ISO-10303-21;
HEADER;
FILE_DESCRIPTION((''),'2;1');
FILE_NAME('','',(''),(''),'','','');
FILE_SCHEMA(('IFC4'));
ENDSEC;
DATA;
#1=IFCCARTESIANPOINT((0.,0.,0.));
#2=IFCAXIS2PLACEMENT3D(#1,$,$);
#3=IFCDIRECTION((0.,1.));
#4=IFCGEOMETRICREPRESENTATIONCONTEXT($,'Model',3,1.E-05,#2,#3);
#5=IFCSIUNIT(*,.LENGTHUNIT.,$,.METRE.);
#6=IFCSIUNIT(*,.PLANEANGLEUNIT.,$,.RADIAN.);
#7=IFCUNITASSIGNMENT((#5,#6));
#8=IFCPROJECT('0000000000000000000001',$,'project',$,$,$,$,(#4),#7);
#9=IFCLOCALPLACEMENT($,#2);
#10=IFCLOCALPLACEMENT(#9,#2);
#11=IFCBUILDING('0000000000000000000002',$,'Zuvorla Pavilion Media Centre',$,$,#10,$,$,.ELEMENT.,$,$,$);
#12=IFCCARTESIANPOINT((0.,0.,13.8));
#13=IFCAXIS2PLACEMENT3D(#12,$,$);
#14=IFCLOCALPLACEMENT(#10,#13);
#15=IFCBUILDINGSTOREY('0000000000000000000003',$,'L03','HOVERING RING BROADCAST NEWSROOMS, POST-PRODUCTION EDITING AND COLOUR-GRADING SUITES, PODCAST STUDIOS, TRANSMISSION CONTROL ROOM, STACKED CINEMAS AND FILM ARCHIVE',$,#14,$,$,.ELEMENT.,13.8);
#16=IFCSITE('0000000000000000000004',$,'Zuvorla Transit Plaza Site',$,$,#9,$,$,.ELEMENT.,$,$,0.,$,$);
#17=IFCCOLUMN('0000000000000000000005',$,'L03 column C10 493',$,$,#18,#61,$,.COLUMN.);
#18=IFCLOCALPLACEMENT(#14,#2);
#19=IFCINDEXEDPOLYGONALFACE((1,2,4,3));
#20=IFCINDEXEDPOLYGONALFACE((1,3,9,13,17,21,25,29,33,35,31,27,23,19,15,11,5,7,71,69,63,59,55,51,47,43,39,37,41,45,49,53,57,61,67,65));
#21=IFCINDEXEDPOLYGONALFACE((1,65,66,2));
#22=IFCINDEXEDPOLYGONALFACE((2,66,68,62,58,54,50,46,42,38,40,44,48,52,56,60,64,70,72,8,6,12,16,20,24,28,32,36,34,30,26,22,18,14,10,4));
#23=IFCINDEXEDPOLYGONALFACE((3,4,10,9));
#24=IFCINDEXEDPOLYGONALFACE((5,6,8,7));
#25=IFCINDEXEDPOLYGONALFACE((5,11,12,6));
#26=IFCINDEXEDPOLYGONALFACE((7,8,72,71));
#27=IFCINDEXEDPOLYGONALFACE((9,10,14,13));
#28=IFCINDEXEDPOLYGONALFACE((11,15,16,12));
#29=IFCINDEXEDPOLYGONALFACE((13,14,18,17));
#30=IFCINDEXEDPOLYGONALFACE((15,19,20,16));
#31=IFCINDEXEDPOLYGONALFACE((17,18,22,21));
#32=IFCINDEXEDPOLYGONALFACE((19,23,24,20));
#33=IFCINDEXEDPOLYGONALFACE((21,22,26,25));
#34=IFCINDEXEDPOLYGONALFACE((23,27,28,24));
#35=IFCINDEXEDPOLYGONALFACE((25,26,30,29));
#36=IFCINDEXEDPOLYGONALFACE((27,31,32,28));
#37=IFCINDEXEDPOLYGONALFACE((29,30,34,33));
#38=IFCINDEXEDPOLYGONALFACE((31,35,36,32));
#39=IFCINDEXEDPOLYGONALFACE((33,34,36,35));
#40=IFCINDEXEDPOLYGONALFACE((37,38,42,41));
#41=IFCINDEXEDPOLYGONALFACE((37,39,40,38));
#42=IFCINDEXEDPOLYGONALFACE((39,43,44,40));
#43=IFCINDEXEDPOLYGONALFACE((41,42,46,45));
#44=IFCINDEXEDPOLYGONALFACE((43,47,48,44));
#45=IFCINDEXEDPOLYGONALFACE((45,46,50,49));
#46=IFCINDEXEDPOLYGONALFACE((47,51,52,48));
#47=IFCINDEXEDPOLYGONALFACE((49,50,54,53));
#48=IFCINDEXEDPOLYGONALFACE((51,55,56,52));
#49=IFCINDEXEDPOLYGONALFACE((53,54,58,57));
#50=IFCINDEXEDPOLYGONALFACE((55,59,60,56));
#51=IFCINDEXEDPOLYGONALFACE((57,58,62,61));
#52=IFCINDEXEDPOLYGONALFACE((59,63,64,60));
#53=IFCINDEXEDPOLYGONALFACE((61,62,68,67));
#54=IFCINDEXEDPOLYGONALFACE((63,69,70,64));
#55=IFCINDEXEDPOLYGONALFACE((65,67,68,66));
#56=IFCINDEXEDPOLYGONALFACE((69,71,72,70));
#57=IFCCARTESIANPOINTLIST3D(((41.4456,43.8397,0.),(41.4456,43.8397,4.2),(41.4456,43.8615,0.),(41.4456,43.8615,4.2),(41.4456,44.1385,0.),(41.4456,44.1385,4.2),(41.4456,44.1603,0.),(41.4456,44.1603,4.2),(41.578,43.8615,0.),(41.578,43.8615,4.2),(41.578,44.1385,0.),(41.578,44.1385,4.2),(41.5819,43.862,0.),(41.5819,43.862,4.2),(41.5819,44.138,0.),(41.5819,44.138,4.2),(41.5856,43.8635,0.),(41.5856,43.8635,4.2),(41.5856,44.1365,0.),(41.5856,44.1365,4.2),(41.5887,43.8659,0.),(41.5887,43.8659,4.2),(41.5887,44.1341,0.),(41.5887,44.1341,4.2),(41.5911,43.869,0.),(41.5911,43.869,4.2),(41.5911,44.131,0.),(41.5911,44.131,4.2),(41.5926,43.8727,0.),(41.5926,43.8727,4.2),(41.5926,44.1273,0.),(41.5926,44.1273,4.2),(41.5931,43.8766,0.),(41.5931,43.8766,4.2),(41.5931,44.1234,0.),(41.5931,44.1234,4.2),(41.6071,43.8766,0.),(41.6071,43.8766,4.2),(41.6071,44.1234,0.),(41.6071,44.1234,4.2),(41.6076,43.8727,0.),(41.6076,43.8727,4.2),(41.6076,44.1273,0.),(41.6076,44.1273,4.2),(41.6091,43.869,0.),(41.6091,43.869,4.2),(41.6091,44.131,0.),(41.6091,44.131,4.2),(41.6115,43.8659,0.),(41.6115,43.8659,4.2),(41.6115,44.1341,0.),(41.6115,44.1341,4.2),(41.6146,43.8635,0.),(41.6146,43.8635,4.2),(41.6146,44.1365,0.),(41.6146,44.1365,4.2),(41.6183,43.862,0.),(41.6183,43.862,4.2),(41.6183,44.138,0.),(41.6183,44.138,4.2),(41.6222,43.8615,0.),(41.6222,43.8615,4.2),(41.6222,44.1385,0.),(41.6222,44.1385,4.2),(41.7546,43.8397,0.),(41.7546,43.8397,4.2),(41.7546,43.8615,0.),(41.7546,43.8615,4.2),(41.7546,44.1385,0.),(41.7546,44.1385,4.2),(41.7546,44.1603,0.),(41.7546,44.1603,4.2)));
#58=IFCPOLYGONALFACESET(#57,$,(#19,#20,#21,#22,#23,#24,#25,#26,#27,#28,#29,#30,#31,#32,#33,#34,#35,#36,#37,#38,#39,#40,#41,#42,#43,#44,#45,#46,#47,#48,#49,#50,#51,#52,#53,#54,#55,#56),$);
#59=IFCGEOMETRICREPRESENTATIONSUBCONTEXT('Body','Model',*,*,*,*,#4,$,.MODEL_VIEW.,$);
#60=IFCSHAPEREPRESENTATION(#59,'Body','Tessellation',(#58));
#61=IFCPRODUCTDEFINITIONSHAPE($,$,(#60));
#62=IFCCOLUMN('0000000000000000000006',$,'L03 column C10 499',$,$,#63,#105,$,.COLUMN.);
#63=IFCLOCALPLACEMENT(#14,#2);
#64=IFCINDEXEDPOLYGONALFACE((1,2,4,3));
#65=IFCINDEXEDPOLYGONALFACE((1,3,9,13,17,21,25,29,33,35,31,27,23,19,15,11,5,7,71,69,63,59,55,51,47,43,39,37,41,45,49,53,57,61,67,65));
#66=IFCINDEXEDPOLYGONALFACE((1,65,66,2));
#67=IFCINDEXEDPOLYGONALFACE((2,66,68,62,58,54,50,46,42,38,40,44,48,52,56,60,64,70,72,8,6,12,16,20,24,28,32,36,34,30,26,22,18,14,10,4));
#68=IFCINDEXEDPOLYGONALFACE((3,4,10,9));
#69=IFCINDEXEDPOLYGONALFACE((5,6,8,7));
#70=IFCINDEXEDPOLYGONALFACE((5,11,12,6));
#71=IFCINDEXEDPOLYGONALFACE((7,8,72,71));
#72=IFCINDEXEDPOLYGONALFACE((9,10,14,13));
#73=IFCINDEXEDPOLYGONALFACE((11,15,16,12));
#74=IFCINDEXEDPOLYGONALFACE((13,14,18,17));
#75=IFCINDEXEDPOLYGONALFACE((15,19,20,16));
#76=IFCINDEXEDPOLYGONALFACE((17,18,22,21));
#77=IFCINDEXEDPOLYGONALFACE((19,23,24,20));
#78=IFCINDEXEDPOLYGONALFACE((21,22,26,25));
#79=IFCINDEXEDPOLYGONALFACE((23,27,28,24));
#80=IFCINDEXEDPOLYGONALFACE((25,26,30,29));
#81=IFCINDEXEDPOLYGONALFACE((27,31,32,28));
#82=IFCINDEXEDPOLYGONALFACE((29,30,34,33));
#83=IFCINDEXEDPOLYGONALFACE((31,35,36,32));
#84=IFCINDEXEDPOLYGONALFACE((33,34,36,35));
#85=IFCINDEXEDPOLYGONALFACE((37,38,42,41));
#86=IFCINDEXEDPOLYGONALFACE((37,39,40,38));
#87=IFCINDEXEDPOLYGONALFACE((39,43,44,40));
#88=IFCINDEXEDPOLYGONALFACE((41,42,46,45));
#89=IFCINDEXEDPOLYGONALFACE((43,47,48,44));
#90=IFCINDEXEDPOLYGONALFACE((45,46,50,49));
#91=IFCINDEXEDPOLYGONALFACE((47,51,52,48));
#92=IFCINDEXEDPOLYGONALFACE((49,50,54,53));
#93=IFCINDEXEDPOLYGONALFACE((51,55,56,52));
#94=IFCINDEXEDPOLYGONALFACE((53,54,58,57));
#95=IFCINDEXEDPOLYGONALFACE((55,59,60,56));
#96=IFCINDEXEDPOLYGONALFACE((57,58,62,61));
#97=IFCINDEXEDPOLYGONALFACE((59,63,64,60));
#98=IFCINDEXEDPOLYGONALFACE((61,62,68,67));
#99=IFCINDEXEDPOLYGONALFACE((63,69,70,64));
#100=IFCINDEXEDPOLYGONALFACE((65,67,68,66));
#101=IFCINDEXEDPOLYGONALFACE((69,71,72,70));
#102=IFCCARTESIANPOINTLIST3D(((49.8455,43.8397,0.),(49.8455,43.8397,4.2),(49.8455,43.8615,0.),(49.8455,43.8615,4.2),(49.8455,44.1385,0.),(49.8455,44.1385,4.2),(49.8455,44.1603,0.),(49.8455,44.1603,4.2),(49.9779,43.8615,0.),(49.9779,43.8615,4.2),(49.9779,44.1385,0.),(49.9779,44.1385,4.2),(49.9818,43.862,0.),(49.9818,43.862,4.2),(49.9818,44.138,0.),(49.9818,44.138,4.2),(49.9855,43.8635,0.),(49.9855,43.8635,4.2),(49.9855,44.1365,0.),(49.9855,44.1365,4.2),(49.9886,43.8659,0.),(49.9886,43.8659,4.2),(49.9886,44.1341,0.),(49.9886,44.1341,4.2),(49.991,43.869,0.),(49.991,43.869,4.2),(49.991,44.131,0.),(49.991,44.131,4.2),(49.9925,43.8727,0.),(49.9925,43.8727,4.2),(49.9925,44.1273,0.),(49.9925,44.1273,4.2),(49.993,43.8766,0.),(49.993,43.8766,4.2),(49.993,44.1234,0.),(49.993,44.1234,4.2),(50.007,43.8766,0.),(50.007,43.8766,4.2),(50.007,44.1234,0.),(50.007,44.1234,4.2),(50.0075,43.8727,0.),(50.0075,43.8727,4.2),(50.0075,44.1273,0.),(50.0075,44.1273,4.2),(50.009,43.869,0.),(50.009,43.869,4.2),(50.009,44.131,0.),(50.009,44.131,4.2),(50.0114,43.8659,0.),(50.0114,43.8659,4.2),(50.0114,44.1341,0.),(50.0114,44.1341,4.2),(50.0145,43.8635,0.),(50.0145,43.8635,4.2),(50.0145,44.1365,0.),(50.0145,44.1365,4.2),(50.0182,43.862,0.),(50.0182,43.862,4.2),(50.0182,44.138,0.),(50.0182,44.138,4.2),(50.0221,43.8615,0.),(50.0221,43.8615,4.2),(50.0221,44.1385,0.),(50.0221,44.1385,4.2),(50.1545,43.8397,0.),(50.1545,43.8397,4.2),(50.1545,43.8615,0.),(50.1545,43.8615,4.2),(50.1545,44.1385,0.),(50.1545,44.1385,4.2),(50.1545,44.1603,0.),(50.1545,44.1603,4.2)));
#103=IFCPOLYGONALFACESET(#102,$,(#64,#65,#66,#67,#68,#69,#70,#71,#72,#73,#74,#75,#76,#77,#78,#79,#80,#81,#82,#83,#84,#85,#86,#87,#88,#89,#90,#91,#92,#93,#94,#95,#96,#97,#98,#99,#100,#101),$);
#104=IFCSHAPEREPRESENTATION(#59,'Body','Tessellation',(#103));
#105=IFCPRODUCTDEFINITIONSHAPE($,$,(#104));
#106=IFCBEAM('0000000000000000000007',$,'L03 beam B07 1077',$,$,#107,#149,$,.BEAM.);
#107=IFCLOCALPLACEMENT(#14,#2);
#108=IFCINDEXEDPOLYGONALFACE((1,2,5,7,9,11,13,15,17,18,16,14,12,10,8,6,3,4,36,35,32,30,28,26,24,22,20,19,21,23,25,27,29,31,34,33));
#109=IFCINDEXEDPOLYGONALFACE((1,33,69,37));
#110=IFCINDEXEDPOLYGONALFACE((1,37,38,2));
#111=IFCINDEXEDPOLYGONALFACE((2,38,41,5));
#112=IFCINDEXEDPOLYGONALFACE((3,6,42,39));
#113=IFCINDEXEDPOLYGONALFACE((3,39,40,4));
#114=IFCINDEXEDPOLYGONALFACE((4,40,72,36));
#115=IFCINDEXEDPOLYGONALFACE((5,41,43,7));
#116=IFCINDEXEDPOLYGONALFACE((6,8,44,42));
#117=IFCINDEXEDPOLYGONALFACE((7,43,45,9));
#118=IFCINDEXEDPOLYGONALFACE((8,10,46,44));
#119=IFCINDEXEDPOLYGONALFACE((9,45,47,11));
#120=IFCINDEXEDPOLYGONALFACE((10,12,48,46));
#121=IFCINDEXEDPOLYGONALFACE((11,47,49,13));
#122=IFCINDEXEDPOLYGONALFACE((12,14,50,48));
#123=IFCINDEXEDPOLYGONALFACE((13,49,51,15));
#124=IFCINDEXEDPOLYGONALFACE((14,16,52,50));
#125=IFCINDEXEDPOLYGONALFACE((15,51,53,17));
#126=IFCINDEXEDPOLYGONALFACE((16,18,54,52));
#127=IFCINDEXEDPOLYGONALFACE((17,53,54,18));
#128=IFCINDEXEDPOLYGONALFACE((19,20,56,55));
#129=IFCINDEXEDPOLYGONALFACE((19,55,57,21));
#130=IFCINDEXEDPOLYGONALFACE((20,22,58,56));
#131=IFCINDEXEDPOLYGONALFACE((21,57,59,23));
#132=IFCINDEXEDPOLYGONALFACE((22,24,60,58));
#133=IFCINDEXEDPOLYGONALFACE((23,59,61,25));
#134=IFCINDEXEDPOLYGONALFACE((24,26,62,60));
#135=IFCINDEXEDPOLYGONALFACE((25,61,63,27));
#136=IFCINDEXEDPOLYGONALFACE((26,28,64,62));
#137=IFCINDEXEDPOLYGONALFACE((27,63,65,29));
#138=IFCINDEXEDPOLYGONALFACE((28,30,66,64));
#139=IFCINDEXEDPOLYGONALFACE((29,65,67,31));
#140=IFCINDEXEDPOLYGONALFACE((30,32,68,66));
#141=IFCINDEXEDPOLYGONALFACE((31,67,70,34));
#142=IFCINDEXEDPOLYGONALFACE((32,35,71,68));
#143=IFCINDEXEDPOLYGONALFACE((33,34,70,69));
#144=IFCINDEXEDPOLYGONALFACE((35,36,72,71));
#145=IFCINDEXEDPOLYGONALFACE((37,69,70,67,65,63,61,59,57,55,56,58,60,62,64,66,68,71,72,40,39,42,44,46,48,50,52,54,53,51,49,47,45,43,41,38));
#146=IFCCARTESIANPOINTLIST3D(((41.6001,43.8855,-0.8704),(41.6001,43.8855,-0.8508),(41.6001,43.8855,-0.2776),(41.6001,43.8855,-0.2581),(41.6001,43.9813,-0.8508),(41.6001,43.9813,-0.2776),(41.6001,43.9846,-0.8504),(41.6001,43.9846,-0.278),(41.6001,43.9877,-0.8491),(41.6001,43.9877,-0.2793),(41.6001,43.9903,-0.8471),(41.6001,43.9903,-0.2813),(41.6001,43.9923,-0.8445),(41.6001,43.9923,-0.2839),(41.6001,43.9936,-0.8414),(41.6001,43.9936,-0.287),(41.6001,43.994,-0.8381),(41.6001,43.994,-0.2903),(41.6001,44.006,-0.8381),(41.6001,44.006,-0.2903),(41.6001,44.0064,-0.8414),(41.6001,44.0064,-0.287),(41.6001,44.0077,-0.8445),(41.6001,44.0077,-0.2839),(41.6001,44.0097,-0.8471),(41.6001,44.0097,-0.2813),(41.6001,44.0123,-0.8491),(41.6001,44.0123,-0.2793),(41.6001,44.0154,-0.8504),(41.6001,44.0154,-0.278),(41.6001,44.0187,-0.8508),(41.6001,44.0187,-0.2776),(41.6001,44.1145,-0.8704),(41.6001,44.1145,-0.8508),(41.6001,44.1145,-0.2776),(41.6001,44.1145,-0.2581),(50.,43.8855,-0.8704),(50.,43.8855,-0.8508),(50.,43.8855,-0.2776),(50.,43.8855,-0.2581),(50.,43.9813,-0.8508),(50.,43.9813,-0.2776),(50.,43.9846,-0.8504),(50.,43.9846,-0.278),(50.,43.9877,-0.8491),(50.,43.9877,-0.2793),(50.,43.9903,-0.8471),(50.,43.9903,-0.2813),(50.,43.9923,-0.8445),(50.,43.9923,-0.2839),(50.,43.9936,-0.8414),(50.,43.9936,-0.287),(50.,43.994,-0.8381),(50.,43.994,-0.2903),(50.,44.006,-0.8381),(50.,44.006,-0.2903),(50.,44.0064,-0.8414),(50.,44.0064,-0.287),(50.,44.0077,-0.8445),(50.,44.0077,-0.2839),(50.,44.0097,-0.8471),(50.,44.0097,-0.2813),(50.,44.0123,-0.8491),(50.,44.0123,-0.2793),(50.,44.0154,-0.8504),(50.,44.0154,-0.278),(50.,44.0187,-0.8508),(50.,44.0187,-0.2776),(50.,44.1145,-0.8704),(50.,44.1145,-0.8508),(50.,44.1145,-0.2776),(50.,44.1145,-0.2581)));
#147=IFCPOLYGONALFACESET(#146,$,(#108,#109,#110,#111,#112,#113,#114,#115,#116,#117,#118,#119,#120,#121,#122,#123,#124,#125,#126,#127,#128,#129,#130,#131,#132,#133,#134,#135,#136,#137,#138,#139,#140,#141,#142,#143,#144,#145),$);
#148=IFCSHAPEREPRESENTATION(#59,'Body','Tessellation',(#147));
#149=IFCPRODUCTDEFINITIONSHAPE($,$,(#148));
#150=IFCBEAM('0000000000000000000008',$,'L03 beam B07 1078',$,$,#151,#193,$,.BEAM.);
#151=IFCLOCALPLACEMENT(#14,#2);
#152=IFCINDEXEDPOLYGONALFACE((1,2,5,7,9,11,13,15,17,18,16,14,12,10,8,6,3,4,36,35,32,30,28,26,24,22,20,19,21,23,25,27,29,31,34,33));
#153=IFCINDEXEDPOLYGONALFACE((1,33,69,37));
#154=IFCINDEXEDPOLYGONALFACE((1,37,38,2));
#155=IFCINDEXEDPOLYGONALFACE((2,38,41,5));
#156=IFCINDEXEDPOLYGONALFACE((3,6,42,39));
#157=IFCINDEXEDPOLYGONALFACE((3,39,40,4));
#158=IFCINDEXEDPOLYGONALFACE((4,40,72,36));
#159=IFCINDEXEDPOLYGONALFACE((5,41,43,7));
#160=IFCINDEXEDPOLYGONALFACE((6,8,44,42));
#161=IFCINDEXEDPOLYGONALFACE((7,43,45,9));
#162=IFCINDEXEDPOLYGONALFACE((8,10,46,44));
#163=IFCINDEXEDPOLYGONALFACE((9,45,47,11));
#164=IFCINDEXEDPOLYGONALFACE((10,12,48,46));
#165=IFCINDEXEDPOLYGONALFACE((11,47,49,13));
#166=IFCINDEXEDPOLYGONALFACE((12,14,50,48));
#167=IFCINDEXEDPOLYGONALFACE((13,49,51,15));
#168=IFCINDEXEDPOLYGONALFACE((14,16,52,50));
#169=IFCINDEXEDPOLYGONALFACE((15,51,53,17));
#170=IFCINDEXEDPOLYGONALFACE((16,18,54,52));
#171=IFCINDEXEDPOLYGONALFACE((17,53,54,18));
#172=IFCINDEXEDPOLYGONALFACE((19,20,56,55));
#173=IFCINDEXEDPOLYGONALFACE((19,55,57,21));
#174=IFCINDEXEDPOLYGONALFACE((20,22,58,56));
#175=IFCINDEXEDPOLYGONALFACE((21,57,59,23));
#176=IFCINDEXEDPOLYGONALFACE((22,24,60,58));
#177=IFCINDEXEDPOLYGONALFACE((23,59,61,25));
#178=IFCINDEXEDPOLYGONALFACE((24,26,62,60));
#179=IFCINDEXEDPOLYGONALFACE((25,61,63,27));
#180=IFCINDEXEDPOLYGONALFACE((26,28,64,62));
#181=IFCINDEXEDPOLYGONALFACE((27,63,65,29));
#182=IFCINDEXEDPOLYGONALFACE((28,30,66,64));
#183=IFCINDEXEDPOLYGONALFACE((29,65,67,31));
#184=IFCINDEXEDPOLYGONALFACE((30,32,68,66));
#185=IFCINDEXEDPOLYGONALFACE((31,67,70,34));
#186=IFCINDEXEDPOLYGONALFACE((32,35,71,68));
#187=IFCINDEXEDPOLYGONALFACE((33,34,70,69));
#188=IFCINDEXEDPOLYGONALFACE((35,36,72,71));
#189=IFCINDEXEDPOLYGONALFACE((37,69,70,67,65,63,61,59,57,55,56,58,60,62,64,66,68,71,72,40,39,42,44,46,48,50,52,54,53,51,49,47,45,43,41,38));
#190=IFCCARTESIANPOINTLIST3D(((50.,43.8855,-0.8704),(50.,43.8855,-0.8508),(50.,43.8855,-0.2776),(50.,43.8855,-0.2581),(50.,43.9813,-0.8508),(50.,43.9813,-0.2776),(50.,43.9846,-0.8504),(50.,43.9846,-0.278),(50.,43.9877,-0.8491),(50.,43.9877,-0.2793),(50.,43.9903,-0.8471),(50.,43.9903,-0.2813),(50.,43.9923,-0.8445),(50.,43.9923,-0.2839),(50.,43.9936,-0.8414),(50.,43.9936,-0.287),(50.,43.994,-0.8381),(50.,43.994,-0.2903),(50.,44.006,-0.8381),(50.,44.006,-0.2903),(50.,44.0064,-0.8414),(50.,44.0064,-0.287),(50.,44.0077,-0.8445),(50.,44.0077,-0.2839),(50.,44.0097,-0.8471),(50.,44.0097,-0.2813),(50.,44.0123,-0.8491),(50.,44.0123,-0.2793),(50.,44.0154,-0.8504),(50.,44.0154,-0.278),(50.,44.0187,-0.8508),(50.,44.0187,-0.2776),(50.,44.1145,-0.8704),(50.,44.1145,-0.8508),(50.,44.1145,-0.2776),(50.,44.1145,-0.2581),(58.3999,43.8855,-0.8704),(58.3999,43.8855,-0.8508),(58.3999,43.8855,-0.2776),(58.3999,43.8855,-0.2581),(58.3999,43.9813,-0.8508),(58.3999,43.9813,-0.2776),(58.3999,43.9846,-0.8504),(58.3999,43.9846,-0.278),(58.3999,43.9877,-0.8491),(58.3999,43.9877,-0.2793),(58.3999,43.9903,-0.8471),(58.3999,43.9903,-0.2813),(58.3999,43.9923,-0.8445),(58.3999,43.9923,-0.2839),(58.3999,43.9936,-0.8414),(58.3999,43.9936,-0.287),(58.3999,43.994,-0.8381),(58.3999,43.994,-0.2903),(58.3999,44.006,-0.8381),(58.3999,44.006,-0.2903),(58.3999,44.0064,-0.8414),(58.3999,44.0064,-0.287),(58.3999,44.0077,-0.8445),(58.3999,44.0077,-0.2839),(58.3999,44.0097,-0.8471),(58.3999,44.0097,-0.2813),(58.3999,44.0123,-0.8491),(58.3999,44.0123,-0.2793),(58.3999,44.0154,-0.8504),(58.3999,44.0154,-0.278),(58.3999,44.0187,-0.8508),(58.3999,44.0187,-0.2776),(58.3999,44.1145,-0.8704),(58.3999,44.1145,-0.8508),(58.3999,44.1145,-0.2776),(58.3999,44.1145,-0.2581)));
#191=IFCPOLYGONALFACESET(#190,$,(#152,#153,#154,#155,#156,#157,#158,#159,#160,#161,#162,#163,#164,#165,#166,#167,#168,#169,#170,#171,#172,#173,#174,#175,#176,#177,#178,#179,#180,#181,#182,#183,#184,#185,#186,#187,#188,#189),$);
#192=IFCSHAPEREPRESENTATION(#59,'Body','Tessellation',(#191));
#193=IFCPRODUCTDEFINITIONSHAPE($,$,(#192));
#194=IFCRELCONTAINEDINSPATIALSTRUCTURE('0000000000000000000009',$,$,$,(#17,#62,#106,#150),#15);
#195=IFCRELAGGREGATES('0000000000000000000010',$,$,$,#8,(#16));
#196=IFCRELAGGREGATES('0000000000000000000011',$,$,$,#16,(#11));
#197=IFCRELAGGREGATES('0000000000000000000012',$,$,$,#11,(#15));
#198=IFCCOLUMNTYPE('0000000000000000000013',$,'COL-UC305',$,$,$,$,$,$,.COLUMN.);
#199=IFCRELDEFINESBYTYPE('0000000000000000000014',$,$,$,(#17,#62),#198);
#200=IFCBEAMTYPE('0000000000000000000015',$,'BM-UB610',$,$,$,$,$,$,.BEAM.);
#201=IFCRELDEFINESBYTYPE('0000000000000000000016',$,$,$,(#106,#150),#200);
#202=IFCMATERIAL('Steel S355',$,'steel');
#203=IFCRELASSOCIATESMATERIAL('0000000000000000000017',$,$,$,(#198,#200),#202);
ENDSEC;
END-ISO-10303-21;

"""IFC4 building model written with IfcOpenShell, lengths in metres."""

from ifc_helpers import new_model, si_unit, direction, frame, origin, origin_2d, place, context, subcontext, project, spatial, i_section, extrude, material, material_profile, profile_set, type_object, element, save


model = new_model("IFC4")

# Units and contexts
model_context = context("Model", 3, precision=1e-05, world=origin(), true_north=direction((0.0, 1.0)))
body_context = subcontext(model_context, "Body", "Model", "MODEL_VIEW")
ifc_project = project(units=[si_unit("LENGTHUNIT", "METRE"), si_unit("PLANEANGLEUNIT", "RADIAN")], contexts=[model_context])

# Site, building, storey
site_placement = place(None, origin())
site = spatial("IfcSite", under=ifc_project, at=site_placement, Name="Zuvorla Transit Plaza Site", CompositionType="ELEMENT", RefElevation=0.0)
building_placement = place(site_placement, origin())
building = spatial("IfcBuilding", under=site, at=building_placement, Name="Zuvorla Pavilion Media Centre", CompositionType="ELEMENT")
storey_placement = place(building_placement, frame((0.0, 0.0, 13.8)))
storey = spatial("IfcBuildingStorey", under=building, at=storey_placement, Name="L03", Description="HOVERING RING BROADCAST NEWSROOMS, POST-PRODUCTION EDITING AND COLOUR-GRADING SUITES, PODCAST STUDIOS, TRANSMISSION CONTROL ROOM, STACKED CINEMAS AND FILM ARCHIVE", CompositionType="ELEMENT", Elevation=13.8)

# Columns
ifc_material_1 = material(Name="Steel S355", Category="steel")
ifc_material_profile_1 = material_profile(ifc_material_1, i_section(OverallWidth=0.3091, OverallDepth=0.3206, WebThickness=0.0139, FlangeThickness=0.0217, FilletRadius=0.0151, at=origin_2d()), Name="UC 305x305x137")
ifc_profile_set_1 = profile_set([ifc_material_profile_1], Name="Steel S355")
column_type = type_object("IfcColumnType", Name="COL-UC305", PredefinedType="COLUMN", material=ifc_profile_set_1)
for number, where, z_axis, x_axis, name in (
    (1, (41.6001, 44.0, 0.0), (0.0, 0.0, 1.0), (1.0, 0.0, 0.0), "L03 column C10 493"),
    (2, (50.0, 44.0, 0.0), (0.0, 0.0, 1.0), (1.0, 0.0, 0.0), "L03 column C10 499"),
):
    element("IfcColumn", number, at=place(storey_placement, frame(where, z_axis=z_axis, x_axis=x_axis)), inside=storey, type_object=column_type, Name=name, PredefinedType="COLUMN", context=body_context, shape_type="SweptSolid", body=[
        extrude(i_section(OverallWidth=0.3091, OverallDepth=0.3206, WebThickness=0.0139, FlangeThickness=0.0217, FilletRadius=0.0151, at=origin_2d()), origin(), (0.0, 0.0, 1.0), 4.2),
    ])

# Beams
ifc_material_profile_2 = material_profile(ifc_material_1, i_section(OverallWidth=0.229, OverallDepth=0.6123, WebThickness=0.012, FlangeThickness=0.0195, FilletRadius=0.0127, at=origin_2d()), Name="UB 610x229x125")
ifc_profile_set_2 = profile_set([ifc_material_profile_2], Name="Steel S355")
beam_type = type_object("IfcBeamType", Name="BM-UB610", PredefinedType="BEAM", material=ifc_profile_set_2)
for number, where, z_axis, x_axis, name in (
    (3, (41.6001, 44.0, -0.5642), (1.0, 0.0, 0.0), (0.0, 1.0, 0.0), "L03 beam B07 1077"),
    (4, (50.0, 44.0, -0.5642), (1.0, 0.0, 0.0), (0.0, 1.0, 0.0), "L03 beam B07 1078"),
):
    element("IfcBeam", number, at=place(storey_placement, frame(where, z_axis=z_axis, x_axis=x_axis)), inside=storey, type_object=beam_type, Name=name, PredefinedType="BEAM", context=body_context, shape_type="SweptSolid", body=[
        extrude(i_section(OverallWidth=0.229, OverallDepth=0.6123, WebThickness=0.012, FlangeThickness=0.0195, FilletRadius=0.0127, at=origin_2d()), origin(), (0.0, 0.0, 1.0), 8.3999),
    ])

save(model, "model.ifc")
